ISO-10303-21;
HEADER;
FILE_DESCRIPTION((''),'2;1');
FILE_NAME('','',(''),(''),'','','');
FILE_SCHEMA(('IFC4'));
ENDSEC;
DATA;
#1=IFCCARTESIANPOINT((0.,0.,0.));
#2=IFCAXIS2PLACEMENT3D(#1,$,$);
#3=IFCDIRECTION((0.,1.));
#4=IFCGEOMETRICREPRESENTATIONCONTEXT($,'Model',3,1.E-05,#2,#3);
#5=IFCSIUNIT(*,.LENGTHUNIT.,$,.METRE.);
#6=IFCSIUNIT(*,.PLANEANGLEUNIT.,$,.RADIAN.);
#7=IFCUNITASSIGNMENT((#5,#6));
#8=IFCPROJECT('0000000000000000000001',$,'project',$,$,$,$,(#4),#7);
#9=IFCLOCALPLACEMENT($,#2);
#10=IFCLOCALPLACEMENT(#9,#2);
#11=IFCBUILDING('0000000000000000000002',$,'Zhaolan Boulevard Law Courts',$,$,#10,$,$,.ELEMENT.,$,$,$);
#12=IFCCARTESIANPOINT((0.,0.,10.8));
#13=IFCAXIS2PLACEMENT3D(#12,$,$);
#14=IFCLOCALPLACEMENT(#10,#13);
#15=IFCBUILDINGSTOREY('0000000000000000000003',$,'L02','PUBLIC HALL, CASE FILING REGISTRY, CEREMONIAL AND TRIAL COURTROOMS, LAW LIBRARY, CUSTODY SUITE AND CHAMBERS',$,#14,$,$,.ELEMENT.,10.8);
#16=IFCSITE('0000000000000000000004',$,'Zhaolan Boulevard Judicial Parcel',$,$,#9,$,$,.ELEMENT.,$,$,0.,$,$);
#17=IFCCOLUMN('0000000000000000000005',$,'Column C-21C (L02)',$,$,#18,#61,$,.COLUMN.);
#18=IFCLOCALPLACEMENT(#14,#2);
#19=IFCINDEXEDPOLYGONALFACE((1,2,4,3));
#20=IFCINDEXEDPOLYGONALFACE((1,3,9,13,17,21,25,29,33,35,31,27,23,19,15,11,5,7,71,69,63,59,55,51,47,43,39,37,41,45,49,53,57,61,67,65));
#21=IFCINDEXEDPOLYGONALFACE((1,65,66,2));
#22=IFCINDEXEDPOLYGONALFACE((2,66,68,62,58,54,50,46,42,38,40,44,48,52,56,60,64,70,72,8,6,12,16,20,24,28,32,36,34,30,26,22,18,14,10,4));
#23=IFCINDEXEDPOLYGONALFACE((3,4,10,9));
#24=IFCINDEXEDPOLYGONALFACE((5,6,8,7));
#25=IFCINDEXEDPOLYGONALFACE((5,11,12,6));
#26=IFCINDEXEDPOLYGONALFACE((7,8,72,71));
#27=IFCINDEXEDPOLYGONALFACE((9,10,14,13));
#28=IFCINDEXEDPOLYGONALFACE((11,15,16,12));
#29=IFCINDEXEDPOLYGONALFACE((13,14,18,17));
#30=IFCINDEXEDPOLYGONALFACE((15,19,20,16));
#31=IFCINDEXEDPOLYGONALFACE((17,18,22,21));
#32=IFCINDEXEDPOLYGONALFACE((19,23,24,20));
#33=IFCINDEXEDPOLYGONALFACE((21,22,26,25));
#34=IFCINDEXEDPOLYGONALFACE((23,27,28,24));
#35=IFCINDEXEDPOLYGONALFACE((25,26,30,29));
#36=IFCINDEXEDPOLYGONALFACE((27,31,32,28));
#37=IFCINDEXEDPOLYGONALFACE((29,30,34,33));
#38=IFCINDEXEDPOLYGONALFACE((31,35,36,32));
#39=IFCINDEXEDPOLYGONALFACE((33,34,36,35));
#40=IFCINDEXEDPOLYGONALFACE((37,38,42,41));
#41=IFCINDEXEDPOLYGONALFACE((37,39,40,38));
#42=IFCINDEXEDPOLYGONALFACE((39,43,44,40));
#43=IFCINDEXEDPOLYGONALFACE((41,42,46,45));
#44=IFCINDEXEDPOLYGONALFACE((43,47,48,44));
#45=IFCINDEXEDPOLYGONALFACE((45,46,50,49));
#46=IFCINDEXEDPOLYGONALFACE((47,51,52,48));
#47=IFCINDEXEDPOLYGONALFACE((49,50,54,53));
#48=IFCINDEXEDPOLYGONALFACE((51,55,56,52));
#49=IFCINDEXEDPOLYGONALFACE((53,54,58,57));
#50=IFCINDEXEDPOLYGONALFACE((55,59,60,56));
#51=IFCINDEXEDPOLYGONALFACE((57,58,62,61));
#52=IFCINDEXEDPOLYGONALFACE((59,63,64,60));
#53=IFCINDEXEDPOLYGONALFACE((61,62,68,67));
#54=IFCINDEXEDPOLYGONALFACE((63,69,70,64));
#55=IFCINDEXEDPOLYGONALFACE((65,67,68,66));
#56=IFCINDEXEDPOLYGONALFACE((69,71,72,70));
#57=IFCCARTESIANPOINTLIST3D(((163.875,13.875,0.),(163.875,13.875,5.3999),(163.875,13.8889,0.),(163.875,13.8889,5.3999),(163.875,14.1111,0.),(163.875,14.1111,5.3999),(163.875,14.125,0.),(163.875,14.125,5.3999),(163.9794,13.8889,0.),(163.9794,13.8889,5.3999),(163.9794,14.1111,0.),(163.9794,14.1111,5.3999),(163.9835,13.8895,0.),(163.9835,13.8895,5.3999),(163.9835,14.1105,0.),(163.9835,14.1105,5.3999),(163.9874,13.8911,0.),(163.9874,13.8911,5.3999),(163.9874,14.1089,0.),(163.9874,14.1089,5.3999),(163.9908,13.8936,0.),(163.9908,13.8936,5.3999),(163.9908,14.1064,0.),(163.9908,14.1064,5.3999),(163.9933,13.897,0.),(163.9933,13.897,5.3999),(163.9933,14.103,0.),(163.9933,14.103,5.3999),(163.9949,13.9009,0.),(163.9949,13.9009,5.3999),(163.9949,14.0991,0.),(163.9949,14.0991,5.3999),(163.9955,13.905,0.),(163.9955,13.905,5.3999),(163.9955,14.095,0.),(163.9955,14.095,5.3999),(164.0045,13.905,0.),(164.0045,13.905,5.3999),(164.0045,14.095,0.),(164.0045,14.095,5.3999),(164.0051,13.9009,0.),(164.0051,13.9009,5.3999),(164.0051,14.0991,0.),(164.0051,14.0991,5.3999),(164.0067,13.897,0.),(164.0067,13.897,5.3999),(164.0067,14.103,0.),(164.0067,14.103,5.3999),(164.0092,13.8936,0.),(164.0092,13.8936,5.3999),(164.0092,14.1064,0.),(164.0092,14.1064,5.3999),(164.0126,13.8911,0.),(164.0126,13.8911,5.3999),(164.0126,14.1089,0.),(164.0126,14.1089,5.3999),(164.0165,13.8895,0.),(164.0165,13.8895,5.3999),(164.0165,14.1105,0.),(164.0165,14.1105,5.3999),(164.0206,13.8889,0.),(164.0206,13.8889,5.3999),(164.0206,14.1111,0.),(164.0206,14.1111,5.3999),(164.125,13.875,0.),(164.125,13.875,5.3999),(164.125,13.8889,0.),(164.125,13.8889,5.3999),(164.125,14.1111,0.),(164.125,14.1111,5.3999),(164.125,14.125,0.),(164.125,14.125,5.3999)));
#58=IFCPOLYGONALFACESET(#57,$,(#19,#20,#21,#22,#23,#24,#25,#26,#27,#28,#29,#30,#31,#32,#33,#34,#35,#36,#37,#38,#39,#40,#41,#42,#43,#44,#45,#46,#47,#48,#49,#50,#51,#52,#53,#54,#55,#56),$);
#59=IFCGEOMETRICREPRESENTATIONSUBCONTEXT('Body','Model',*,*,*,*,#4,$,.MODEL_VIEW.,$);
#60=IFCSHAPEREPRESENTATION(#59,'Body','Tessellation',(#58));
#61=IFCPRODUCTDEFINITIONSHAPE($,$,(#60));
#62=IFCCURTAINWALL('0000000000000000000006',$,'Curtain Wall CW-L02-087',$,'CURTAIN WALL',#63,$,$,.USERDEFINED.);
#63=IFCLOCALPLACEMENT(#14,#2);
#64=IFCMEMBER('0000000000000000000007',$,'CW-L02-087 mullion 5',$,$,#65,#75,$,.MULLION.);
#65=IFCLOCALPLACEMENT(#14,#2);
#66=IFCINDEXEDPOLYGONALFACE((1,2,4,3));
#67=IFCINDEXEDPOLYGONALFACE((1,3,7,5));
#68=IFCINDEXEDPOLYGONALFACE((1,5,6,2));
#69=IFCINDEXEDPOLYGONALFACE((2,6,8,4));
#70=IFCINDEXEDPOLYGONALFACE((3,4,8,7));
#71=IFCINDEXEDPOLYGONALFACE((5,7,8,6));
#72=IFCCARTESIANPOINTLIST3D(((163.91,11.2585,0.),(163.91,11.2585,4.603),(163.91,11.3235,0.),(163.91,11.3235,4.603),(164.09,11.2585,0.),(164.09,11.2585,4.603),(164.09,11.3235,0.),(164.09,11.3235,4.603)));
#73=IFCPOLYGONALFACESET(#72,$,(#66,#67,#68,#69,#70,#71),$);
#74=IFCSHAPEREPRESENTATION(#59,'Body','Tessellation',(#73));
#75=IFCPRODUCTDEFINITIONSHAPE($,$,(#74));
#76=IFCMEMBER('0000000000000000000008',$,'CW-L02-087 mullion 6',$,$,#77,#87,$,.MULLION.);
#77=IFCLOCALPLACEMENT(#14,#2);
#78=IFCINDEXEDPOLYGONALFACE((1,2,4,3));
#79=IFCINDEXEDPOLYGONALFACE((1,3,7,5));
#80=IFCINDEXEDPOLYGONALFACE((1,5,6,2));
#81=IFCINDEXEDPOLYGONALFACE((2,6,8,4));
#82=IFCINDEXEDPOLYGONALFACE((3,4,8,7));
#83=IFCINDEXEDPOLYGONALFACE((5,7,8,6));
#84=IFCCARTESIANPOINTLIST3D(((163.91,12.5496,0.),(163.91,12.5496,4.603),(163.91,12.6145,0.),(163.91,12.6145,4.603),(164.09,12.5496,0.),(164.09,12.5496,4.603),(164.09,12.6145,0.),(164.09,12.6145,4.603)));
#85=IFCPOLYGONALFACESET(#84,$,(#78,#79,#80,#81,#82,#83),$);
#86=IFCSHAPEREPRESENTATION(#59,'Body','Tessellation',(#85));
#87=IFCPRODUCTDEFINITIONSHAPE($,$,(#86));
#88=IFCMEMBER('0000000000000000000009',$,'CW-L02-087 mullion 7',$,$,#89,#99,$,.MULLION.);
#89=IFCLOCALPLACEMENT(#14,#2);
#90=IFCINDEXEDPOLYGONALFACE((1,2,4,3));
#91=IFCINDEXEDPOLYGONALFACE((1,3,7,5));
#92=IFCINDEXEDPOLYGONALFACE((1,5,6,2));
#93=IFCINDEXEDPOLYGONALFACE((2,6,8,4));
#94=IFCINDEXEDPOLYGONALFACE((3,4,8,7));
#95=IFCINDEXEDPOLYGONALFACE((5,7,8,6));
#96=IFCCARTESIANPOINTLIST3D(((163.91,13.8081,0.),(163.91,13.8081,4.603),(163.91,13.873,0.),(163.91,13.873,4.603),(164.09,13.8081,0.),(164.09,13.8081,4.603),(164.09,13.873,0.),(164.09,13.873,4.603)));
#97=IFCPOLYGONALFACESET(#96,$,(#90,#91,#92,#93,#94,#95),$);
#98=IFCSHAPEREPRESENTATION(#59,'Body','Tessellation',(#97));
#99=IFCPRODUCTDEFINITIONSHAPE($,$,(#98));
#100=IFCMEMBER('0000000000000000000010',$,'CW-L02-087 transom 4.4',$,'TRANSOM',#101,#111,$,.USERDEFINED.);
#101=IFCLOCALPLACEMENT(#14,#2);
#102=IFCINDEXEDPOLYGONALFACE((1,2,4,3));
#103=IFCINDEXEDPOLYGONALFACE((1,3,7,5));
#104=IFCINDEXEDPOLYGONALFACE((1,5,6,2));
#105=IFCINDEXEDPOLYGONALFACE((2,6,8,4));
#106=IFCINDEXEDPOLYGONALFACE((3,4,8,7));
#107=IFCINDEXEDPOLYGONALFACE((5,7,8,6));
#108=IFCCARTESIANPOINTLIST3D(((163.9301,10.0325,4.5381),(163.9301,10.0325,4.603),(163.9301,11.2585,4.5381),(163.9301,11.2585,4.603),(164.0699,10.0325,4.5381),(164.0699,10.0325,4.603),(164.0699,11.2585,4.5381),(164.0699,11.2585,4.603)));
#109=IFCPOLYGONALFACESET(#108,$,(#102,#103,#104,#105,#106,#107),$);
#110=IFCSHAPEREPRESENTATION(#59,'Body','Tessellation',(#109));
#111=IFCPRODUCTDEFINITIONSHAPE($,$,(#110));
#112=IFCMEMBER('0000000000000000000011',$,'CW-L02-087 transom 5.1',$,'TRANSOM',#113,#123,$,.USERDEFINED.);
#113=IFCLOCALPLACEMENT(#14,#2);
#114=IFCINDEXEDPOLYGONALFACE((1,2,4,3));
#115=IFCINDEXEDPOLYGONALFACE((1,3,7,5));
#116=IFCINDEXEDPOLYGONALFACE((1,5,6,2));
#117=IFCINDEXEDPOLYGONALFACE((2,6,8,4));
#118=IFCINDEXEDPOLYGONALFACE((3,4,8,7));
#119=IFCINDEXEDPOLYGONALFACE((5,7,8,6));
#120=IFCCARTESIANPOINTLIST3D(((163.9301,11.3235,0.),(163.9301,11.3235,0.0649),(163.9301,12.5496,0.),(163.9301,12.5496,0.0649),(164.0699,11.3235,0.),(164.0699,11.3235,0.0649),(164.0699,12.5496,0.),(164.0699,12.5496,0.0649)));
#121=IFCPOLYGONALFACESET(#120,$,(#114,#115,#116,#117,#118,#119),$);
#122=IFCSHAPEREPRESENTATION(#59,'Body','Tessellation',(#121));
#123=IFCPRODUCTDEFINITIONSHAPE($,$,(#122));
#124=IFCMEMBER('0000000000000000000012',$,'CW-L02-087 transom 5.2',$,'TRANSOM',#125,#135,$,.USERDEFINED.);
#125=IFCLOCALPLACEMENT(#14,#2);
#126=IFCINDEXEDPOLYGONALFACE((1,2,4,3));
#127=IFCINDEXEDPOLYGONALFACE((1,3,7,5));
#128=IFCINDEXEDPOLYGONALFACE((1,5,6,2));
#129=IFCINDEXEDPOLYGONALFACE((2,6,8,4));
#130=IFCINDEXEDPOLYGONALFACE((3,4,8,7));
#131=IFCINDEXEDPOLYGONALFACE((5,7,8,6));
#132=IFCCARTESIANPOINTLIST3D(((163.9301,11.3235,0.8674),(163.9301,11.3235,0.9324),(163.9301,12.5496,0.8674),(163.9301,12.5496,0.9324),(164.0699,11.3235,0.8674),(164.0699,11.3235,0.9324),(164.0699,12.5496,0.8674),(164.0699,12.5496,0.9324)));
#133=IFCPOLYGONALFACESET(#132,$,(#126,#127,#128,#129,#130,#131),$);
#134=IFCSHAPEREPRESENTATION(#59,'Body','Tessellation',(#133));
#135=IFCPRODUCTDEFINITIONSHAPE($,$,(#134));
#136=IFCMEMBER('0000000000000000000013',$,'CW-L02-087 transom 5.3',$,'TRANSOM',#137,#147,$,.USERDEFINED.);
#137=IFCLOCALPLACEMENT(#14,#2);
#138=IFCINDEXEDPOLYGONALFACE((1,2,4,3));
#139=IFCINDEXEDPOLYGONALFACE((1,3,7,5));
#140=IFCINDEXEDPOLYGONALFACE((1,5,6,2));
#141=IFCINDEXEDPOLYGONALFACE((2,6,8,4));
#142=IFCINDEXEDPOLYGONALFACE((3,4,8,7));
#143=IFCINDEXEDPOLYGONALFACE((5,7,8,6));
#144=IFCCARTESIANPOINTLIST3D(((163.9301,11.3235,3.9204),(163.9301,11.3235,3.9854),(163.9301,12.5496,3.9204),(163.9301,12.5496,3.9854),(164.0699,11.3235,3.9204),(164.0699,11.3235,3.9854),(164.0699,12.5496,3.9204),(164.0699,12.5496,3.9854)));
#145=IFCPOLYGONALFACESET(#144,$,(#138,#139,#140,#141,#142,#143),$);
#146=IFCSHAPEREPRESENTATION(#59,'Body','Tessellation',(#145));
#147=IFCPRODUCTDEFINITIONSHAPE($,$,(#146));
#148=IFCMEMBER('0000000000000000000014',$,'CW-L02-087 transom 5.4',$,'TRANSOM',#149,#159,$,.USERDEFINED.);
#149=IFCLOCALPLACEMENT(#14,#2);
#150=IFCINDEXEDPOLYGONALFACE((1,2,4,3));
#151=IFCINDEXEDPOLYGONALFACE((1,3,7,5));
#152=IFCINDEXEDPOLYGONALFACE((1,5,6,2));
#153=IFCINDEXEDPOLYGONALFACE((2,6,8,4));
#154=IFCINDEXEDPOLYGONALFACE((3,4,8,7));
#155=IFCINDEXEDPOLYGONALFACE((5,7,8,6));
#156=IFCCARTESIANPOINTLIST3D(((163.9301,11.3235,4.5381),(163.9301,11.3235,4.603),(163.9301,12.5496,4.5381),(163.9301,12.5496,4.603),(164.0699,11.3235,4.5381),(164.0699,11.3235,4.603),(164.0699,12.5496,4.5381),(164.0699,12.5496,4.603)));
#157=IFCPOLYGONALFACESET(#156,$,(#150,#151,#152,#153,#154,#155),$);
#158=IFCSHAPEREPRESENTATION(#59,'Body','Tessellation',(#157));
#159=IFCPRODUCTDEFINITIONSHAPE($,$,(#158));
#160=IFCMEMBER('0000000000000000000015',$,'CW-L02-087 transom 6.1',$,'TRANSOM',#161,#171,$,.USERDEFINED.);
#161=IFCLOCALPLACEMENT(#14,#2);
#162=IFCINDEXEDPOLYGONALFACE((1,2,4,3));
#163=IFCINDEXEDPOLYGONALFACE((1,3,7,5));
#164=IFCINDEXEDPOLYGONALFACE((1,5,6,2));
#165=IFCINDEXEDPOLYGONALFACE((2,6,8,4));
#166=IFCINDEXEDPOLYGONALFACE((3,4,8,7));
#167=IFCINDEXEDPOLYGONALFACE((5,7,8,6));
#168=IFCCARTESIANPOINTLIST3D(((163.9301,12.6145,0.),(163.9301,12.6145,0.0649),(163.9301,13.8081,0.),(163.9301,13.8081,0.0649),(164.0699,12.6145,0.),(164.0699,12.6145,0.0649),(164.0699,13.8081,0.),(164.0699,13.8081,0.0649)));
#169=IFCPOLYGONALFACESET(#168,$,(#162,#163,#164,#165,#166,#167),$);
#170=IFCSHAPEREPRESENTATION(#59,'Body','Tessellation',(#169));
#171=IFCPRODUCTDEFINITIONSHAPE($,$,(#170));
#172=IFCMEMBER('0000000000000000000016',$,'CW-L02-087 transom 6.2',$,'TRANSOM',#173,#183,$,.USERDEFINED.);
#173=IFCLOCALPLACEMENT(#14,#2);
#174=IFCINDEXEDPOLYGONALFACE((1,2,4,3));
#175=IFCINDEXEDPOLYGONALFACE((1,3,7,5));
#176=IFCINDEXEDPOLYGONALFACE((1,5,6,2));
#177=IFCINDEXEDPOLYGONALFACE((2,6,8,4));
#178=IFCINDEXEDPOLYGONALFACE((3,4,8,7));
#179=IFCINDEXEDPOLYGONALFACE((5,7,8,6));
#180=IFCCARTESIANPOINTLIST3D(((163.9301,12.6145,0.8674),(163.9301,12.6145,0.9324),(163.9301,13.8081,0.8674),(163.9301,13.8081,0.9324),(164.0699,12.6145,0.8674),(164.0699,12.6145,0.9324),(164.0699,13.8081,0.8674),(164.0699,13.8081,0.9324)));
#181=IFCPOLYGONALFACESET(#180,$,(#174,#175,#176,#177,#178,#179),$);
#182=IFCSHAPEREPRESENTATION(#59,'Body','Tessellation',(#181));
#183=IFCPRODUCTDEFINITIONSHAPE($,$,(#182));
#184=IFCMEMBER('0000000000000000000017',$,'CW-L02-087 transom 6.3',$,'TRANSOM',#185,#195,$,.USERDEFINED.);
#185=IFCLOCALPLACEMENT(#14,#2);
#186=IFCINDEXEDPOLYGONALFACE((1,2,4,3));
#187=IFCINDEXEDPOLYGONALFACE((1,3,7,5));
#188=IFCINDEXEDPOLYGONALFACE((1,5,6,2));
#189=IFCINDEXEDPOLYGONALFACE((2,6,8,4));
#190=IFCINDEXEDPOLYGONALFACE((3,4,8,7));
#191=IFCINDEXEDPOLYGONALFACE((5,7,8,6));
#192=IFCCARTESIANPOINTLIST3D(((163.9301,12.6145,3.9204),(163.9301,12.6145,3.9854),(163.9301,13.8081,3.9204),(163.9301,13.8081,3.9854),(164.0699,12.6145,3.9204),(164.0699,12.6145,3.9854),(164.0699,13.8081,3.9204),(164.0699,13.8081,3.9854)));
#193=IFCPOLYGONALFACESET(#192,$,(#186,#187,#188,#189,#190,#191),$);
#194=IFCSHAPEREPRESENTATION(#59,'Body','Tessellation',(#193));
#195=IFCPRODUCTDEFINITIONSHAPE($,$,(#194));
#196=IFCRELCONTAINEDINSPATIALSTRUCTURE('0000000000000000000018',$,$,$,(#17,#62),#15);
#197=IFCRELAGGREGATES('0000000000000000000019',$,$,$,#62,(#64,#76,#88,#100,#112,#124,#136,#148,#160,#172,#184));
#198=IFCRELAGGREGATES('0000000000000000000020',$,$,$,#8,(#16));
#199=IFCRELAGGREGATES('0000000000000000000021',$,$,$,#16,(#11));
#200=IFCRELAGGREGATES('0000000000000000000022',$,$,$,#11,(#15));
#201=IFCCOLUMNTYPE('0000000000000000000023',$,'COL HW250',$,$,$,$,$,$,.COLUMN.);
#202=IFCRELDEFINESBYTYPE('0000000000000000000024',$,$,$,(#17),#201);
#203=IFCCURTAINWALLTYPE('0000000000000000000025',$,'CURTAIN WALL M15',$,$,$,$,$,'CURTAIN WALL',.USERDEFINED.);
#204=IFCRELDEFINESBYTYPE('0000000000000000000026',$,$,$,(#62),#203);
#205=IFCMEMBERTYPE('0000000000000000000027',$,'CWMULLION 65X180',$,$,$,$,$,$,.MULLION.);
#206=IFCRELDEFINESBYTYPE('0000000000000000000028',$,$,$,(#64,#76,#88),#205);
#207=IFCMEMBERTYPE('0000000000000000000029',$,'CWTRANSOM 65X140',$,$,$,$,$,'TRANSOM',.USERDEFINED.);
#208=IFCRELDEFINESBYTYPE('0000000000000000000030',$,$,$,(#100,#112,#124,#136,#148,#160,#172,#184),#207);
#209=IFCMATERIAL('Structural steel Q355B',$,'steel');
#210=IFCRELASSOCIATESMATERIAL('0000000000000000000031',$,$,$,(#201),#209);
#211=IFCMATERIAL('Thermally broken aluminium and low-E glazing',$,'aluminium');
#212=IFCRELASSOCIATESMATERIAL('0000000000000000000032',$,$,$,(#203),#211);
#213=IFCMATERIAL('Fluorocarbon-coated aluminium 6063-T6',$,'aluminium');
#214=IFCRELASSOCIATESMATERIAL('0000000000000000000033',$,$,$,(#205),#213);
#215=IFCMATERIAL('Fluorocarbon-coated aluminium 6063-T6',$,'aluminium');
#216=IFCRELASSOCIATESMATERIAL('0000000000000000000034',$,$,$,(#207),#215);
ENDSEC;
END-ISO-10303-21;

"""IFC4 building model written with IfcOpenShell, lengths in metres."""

from ifc_helpers import new_model, si_unit, direction, frame, origin, origin_2d, place, context, subcontext, project, spatial, rectangle, i_section, extrude, material, material_profile, profile_set, type_object, element, aggregate, save


model = new_model("IFC4")

# Units and contexts
model_context = context("Model", 3, precision=1e-05, world=origin(), true_north=direction((0.0, 1.0)))
body_context = subcontext(model_context, "Body", "Model", "MODEL_VIEW")
ifc_project = project(units=[si_unit("LENGTHUNIT", "METRE"), si_unit("PLANEANGLEUNIT", "RADIAN")], contexts=[model_context])

# Site, building, storey
site_placement = place(None, origin())
site = spatial("IfcSite", under=ifc_project, at=site_placement, Name="Zhaolan Boulevard Judicial Parcel", CompositionType="ELEMENT", RefElevation=0.0)
building_placement = place(site_placement, origin())
building = spatial("IfcBuilding", under=site, at=building_placement, Name="Zhaolan Boulevard Law Courts", CompositionType="ELEMENT")
storey_placement = place(building_placement, frame((0.0, 0.0, 10.8)))
storey = spatial("IfcBuildingStorey", under=building, at=storey_placement, Name="L02", Description="PUBLIC HALL, CASE FILING REGISTRY, CEREMONIAL AND TRIAL COURTROOMS, LAW LIBRARY, CUSTODY SUITE AND CHAMBERS", CompositionType="ELEMENT", Elevation=10.8)

# Column
ifc_material_1 = material(Name="Structural steel Q355B", Category="steel")
ifc_material_profile_1 = material_profile(ifc_material_1, i_section(OverallWidth=0.25, OverallDepth=0.25, WebThickness=0.009, FlangeThickness=0.0139, FilletRadius=0.0161, at=origin_2d()), Name="HW250x250")
ifc_profile_set_1 = profile_set([ifc_material_profile_1], Name="Structural steel Q355B")
column_type = type_object("IfcColumnType", Name="COL HW250", PredefinedType="COLUMN", material=ifc_profile_set_1)
column_placement = place(storey_placement, frame((164.0, 14.0, 0.0), z_axis=(0.0, 0.0, 1.0), x_axis=(1.0, 0.0, 0.0)))
element("IfcColumn", 1, at=column_placement, inside=storey, type_object=column_type, Name="Column C-21C (L02)", PredefinedType="COLUMN", context=body_context, shape_type="SweptSolid", body=[
    extrude(i_section(OverallWidth=0.25, OverallDepth=0.25, WebThickness=0.009, FlangeThickness=0.0139, FilletRadius=0.0161, at=origin_2d()), origin(), (0.0, 0.0, 1.0), 5.3999),
])

# Curtain wall, members
ifc_material_2 = material(Name="Thermally broken aluminium and low-E glazing", Category="aluminium")
curtain_wall_type = type_object("IfcCurtainWallType", Name="CURTAIN WALL M15", ElementType="CURTAIN WALL", PredefinedType="USERDEFINED", material=ifc_material_2)
curtain_wall_placement = place(storey_placement, origin())
curtain_wall = element("IfcCurtainWall", 2, at=curtain_wall_placement, inside=storey, type_object=curtain_wall_type, Name="Curtain Wall CW-L02-087", ObjectType="CURTAIN WALL", PredefinedType="USERDEFINED")
ifc_material_3 = material(Name="Fluorocarbon-coated aluminium 6063-T6", Category="aluminium")
ifc_material_profile_2 = material_profile(ifc_material_3, rectangle(XDim=0.1799, YDim=0.0649, at=origin_2d()), Name="AL65x180")
ifc_profile_set_2 = profile_set([ifc_material_profile_2], Name="Fluorocarbon-coated aluminium 6063-T6")
member_type_1 = type_object("IfcMemberType", Name="CWMULLION 65X180", PredefinedType="MULLION", material=ifc_profile_set_2)
member_1_placement = place(storey_placement, frame((164.0, 11.291, 0.0), z_axis=(0.0, 0.0, 1.0), x_axis=(-1.0, 0.0, 0.0)))
member_1 = element("IfcMember", 3, at=member_1_placement, type_object=member_type_1, Name="CW-L02-087 mullion 5", PredefinedType="MULLION", context=body_context, shape_type="SweptSolid", body=[
    extrude(rectangle(XDim=0.1799, YDim=0.0649, at=origin_2d()), origin(), (0.0, 0.0, 1.0), 4.603),
])
member_2_placement = place(storey_placement, frame((164.0, 12.582, 0.0), z_axis=(0.0, 0.0, 1.0), x_axis=(-1.0, 0.0, 0.0)))
member_2 = element("IfcMember", 4, at=member_2_placement, type_object=member_type_1, Name="CW-L02-087 mullion 6", PredefinedType="MULLION", context=body_context, shape_type="SweptSolid", body=[
    extrude(rectangle(XDim=0.1799, YDim=0.0649, at=origin_2d()), origin(), (0.0, 0.0, 1.0), 4.603),
])
member_3_placement = place(storey_placement, frame((164.0, 13.8406, 0.0), z_axis=(0.0, 0.0, 1.0), x_axis=(-1.0, 0.0, 0.0)))
member_3 = element("IfcMember", 5, at=member_3_placement, type_object=member_type_1, Name="CW-L02-087 mullion 7", PredefinedType="MULLION", context=body_context, shape_type="SweptSolid", body=[
    extrude(rectangle(XDim=0.1799, YDim=0.0649, at=origin_2d()), origin(), (0.0, 0.0, 1.0), 4.603),
])
ifc_material_4 = material(Name="Fluorocarbon-coated aluminium 6063-T6", Category="aluminium")
ifc_material_profile_3 = material_profile(ifc_material_4, rectangle(XDim=0.1399, YDim=0.0649, at=origin_2d()), Name="AL65x140")
ifc_profile_set_3 = profile_set([ifc_material_profile_3], Name="Fluorocarbon-coated aluminium 6063-T6")
member_type_2 = type_object("IfcMemberType", Name="CWTRANSOM 65X140", ElementType="TRANSOM", PredefinedType="USERDEFINED", material=ifc_profile_set_3)
member_4_placement = place(storey_placement, frame((164.0, 10.0325, 4.5706), z_axis=(0.0, 1.0, 0.0), x_axis=(-1.0, 0.0, 0.0)))
member_4 = element("IfcMember", 6, at=member_4_placement, type_object=member_type_2, Name="CW-L02-087 transom 4.4", ObjectType="TRANSOM", PredefinedType="USERDEFINED", context=body_context, shape_type="SweptSolid", body=[
    extrude(rectangle(XDim=0.1399, YDim=0.0649, at=origin_2d()), origin(), (0.0, 0.0, 1.0), 1.2261),
])
member_5_placement = place(storey_placement, frame((164.0, 11.3235, 0.0325), z_axis=(0.0, 1.0, 0.0), x_axis=(-1.0, 0.0, 0.0)))
member_5 = element("IfcMember", 7, at=member_5_placement, type_object=member_type_2, Name="CW-L02-087 transom 5.1", ObjectType="TRANSOM", PredefinedType="USERDEFINED", context=body_context, shape_type="SweptSolid", body=[
    extrude(rectangle(XDim=0.1399, YDim=0.0649, at=origin_2d()), origin(), (0.0, 0.0, 1.0), 1.2261),
])
member_6_placement = place(storey_placement, frame((164.0, 11.3235, 0.8999), z_axis=(0.0, 1.0, 0.0), x_axis=(-1.0, 0.0, 0.0)))
member_6 = element("IfcMember", 8, at=member_6_placement, type_object=member_type_2, Name="CW-L02-087 transom 5.2", ObjectType="TRANSOM", PredefinedType="USERDEFINED", context=body_context, shape_type="SweptSolid", body=[
    extrude(rectangle(XDim=0.1399, YDim=0.0649, at=origin_2d()), origin(), (0.0, 0.0, 1.0), 1.2261),
])
member_7_placement = place(storey_placement, frame((164.0, 11.3235, 3.9529), z_axis=(0.0, 1.0, 0.0), x_axis=(-1.0, 0.0, 0.0)))
member_7 = element("IfcMember", 9, at=member_7_placement, type_object=member_type_2, Name="CW-L02-087 transom 5.3", ObjectType="TRANSOM", PredefinedType="USERDEFINED", context=body_context, shape_type="SweptSolid", body=[
    extrude(rectangle(XDim=0.1399, YDim=0.0649, at=origin_2d()), origin(), (0.0, 0.0, 1.0), 1.2261),
])
member_8_placement = place(storey_placement, frame((164.0, 11.3235, 4.5706), z_axis=(0.0, 1.0, 0.0), x_axis=(-1.0, 0.0, 0.0)))
member_8 = element("IfcMember", 10, at=member_8_placement, type_object=member_type_2, Name="CW-L02-087 transom 5.4", ObjectType="TRANSOM", PredefinedType="USERDEFINED", context=body_context, shape_type="SweptSolid", body=[
    extrude(rectangle(XDim=0.1399, YDim=0.0649, at=origin_2d()), origin(), (0.0, 0.0, 1.0), 1.2261),
])
member_9_placement = place(storey_placement, frame((164.0, 12.6145, 0.0325), z_axis=(0.0, 1.0, 0.0), x_axis=(-1.0, 0.0, 0.0)))
member_9 = element("IfcMember", 11, at=member_9_placement, type_object=member_type_2, Name="CW-L02-087 transom 6.1", ObjectType="TRANSOM", PredefinedType="USERDEFINED", context=body_context, shape_type="SweptSolid", body=[
    extrude(rectangle(XDim=0.1399, YDim=0.0649, at=origin_2d()), origin(), (0.0, 0.0, 1.0), 1.1936),
])
member_10_placement = place(storey_placement, frame((164.0, 12.6145, 0.8999), z_axis=(0.0, 1.0, 0.0), x_axis=(-1.0, 0.0, 0.0)))
member_10 = element("IfcMember", 12, at=member_10_placement, type_object=member_type_2, Name="CW-L02-087 transom 6.2", ObjectType="TRANSOM", PredefinedType="USERDEFINED", context=body_context, shape_type="SweptSolid", body=[
    extrude(rectangle(XDim=0.1399, YDim=0.0649, at=origin_2d()), origin(), (0.0, 0.0, 1.0), 1.1936),
])
member_11_placement = place(storey_placement, frame((164.0, 12.6145, 3.9529), z_axis=(0.0, 1.0, 0.0), x_axis=(-1.0, 0.0, 0.0)))
member_11 = element("IfcMember", 13, at=member_11_placement, type_object=member_type_2, Name="CW-L02-087 transom 6.3", ObjectType="TRANSOM", PredefinedType="USERDEFINED", context=body_context, shape_type="SweptSolid", body=[
    extrude(rectangle(XDim=0.1399, YDim=0.0649, at=origin_2d()), origin(), (0.0, 0.0, 1.0), 1.1936),
])

aggregate(curtain_wall, [member_1, member_2, member_3, member_4, member_5, member_6, member_7, member_8, member_9, member_10, member_11])

save(model, "model.ifc")
